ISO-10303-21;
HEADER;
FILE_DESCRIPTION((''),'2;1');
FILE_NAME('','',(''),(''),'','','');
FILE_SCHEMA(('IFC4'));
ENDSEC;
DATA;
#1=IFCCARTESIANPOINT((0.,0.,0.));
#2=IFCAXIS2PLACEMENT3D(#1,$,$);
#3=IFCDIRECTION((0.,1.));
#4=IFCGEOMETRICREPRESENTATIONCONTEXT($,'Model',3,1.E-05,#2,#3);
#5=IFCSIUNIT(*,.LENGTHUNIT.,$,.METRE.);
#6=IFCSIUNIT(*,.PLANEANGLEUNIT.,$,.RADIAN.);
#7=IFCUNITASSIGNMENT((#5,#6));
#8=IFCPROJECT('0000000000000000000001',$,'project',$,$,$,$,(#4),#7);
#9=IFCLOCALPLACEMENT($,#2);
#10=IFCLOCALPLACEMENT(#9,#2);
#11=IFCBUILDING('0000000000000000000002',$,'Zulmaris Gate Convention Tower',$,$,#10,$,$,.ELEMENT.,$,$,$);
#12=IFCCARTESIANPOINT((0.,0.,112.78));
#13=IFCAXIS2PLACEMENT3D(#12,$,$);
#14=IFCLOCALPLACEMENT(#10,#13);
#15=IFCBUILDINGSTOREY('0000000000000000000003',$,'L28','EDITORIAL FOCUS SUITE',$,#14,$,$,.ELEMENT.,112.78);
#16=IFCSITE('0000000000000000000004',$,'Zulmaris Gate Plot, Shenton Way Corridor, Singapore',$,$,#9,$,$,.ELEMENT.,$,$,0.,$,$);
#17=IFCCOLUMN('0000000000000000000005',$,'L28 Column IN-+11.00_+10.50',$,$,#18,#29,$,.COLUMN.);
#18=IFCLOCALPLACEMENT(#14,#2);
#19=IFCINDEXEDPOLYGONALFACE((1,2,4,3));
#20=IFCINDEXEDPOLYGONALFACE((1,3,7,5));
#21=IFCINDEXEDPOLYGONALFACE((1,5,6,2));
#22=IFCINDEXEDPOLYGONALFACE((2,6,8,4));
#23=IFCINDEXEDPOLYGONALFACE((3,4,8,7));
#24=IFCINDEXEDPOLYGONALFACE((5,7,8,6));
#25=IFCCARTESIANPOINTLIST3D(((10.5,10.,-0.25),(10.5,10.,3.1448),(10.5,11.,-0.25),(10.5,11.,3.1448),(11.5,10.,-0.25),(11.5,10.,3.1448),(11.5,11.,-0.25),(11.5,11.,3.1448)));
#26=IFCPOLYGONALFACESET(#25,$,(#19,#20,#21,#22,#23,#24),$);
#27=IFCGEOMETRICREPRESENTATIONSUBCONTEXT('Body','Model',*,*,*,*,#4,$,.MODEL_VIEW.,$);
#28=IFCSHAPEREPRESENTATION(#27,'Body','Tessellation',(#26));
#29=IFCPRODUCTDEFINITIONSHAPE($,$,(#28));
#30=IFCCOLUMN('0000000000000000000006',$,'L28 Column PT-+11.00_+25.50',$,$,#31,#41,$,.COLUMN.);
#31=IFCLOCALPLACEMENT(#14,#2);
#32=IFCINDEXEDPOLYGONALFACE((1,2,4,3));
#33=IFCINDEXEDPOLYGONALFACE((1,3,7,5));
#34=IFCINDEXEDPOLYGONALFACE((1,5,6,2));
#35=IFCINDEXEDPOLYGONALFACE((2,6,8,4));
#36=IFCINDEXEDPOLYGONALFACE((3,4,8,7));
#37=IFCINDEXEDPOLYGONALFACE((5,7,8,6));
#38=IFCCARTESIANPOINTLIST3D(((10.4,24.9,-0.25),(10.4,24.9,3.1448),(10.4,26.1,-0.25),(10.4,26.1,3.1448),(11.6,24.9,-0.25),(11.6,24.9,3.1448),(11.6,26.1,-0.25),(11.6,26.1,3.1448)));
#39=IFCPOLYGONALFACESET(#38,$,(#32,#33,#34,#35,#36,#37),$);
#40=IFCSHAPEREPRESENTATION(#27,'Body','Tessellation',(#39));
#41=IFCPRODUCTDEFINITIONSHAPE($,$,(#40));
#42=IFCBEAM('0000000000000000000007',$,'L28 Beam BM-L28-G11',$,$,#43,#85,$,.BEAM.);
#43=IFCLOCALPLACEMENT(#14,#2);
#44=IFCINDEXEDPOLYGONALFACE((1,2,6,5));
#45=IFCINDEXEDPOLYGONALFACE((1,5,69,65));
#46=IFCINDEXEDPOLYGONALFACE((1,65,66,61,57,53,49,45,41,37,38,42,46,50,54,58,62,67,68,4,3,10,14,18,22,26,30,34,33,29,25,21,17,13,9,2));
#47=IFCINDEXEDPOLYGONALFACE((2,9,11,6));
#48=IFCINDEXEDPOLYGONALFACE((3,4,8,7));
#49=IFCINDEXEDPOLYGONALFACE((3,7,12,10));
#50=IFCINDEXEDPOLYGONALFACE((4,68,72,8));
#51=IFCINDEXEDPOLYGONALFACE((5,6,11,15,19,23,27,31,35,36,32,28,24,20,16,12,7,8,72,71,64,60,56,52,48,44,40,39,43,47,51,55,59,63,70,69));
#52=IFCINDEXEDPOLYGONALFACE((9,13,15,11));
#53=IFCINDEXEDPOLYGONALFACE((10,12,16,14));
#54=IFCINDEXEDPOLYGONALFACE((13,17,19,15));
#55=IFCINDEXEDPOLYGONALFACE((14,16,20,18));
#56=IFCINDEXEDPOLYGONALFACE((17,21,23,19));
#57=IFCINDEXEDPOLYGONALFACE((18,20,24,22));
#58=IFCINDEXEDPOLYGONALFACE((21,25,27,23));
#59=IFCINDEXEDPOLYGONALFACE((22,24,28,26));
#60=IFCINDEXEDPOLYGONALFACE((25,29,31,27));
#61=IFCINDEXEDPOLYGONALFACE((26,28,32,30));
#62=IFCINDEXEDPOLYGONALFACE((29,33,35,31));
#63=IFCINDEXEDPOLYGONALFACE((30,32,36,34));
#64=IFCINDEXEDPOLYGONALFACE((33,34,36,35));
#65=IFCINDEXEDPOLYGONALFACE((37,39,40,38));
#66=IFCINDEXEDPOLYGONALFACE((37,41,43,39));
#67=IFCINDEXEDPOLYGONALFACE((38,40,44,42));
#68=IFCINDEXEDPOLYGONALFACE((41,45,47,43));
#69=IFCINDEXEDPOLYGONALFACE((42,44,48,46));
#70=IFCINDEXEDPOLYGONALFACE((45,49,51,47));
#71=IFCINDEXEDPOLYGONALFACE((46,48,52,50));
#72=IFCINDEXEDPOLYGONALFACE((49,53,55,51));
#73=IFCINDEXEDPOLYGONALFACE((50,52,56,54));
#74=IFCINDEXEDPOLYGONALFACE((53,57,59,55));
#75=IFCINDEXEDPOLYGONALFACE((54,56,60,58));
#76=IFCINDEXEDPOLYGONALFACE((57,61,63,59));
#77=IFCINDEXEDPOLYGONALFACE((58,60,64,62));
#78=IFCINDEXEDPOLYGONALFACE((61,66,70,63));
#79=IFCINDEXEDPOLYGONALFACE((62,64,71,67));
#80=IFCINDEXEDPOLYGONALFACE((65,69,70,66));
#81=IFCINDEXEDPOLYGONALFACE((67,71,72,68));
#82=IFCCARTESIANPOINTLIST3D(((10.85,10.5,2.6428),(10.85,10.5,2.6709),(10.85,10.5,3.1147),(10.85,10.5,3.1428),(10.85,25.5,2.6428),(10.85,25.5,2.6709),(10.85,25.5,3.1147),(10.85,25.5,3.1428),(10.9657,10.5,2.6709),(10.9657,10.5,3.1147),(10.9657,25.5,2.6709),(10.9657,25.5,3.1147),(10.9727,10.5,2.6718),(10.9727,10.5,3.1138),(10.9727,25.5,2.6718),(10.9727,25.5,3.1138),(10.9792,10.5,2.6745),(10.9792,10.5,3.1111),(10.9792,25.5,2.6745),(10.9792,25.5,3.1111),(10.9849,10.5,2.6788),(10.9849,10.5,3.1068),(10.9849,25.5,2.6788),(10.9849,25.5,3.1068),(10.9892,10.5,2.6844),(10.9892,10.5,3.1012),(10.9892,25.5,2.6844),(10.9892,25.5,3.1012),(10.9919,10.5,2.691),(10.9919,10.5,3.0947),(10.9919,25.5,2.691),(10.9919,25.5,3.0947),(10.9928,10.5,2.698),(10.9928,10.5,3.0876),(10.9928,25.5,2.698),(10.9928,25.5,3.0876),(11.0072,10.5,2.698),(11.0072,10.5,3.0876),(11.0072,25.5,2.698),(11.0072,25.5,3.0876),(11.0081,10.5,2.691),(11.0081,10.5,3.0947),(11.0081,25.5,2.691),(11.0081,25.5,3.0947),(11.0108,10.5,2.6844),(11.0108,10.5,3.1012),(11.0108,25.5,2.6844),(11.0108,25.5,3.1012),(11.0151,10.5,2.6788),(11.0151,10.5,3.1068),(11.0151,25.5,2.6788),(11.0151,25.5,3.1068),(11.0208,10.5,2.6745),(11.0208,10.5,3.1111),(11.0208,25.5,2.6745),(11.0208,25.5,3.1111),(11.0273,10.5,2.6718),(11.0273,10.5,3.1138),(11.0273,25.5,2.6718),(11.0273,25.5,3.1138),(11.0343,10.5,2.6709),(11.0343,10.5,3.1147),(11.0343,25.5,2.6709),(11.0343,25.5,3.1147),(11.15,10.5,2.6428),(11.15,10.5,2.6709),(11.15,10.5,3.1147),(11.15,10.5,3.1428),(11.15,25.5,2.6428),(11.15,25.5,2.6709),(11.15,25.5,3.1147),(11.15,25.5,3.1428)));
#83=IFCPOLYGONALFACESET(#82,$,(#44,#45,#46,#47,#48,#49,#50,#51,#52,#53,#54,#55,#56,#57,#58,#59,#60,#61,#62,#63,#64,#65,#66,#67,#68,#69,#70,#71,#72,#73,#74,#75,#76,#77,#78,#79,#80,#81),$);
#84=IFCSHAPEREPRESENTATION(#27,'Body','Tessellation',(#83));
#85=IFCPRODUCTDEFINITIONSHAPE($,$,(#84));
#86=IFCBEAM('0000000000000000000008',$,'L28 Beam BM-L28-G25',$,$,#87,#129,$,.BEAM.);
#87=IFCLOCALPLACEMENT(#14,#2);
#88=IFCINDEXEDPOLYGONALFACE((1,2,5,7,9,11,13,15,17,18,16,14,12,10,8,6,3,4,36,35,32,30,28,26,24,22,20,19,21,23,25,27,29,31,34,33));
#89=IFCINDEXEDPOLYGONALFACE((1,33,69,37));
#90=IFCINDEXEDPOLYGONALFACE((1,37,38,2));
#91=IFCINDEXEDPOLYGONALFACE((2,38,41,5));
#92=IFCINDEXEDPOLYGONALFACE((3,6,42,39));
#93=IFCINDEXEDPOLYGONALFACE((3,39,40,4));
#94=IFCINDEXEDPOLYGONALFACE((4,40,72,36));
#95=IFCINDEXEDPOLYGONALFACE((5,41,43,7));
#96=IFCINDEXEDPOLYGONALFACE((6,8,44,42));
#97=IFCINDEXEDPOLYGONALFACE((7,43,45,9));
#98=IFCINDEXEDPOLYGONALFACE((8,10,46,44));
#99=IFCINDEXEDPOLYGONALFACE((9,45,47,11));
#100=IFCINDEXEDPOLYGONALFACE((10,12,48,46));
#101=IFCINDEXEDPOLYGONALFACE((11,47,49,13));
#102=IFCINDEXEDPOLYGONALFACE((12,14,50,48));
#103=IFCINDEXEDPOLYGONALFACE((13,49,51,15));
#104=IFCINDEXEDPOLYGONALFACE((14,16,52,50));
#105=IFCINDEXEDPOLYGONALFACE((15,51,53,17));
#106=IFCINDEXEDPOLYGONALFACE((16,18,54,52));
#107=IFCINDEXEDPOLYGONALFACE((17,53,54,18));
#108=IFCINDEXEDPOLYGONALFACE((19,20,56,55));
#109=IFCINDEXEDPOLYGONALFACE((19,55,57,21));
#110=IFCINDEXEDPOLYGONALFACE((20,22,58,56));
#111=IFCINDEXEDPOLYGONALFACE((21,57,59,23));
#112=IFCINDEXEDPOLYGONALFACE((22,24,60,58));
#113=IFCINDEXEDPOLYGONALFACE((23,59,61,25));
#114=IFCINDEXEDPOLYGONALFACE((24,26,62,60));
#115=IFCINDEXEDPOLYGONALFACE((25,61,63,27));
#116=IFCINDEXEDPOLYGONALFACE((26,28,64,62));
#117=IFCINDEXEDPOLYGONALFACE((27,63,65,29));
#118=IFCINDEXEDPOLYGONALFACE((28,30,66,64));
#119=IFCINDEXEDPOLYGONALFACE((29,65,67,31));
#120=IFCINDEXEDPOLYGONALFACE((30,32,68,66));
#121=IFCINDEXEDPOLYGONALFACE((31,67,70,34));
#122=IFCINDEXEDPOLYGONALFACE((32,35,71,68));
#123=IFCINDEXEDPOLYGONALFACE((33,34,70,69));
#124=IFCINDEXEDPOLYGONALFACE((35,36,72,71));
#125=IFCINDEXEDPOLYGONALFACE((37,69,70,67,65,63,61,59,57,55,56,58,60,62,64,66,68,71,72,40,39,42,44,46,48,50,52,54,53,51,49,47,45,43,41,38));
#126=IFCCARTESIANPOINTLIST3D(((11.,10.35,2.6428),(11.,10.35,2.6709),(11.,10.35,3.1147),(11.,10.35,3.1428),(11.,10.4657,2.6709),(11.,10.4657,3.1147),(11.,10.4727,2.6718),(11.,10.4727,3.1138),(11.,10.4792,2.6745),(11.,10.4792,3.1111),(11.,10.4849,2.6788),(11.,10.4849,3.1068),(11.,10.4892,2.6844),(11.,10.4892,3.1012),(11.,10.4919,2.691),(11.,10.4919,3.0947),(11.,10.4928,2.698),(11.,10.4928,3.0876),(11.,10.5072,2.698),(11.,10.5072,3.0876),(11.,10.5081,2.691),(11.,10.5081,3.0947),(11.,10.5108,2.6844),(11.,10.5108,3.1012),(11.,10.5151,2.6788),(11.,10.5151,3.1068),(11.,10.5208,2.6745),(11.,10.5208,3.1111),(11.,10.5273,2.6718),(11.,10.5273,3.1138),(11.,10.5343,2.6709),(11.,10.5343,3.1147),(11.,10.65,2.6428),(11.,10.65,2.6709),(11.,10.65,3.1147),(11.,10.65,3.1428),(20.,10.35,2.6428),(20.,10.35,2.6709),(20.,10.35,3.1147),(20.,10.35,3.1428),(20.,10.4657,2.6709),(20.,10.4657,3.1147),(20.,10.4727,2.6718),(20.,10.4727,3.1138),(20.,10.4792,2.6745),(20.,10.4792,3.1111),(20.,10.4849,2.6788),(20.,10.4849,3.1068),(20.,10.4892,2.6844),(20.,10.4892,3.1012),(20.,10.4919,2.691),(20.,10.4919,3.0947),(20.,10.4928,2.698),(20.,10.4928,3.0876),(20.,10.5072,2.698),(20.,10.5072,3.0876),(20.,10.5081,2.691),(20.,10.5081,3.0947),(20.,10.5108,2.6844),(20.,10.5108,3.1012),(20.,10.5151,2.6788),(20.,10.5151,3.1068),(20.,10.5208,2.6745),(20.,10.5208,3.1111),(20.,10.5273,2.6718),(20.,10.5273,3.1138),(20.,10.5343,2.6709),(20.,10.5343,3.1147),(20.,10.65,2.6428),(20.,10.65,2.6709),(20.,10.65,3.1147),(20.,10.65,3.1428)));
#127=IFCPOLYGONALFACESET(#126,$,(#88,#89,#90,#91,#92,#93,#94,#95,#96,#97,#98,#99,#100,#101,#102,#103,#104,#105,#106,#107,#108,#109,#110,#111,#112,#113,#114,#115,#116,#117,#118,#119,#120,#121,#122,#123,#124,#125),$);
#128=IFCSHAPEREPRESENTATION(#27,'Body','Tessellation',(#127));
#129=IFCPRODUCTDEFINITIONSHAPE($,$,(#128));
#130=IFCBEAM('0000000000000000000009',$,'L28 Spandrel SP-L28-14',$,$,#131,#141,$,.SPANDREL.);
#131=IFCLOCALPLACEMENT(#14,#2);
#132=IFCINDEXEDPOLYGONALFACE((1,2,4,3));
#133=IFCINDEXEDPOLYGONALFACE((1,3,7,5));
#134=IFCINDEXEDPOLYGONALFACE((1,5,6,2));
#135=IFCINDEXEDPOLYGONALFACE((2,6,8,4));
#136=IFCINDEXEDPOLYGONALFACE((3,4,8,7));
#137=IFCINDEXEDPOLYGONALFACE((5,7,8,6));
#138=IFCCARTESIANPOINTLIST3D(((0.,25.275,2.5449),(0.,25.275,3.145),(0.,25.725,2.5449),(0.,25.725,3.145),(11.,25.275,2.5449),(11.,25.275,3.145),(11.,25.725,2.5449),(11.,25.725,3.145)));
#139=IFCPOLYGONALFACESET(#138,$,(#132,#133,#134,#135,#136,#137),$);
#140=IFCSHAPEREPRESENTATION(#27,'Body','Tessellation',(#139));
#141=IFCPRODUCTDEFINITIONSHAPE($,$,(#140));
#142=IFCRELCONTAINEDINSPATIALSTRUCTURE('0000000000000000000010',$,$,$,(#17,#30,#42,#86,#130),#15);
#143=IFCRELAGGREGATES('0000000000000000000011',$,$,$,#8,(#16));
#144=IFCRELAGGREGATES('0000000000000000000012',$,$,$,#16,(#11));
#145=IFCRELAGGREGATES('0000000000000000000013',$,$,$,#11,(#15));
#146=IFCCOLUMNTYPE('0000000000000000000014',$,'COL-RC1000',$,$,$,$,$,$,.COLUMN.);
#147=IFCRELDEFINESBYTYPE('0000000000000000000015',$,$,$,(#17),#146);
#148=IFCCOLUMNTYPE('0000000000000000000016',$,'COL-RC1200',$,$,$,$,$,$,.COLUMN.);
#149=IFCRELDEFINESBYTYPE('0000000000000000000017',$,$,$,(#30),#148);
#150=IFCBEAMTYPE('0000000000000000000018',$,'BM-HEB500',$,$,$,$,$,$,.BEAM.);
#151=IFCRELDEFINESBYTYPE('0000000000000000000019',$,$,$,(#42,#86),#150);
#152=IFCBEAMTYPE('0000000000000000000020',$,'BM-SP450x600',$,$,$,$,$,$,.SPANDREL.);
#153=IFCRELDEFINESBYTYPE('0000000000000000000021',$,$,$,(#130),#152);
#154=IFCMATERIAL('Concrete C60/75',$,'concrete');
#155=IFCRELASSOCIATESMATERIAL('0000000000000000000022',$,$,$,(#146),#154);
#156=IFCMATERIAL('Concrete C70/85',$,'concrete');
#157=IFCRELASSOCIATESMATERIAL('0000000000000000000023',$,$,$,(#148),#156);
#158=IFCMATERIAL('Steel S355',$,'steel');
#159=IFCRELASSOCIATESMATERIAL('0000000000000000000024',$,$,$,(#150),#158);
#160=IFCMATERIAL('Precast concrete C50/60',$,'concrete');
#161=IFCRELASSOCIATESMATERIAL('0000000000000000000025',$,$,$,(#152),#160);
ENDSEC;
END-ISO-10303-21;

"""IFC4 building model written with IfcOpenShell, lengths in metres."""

from ifc_helpers import new_model, si_unit, direction, frame, origin, origin_2d, place, context, subcontext, project, spatial, rectangle, i_section, extrude, material, material_profile, profile_set, type_object, element, save


model = new_model("IFC4")

# Units and contexts
model_context = context("Model", 3, precision=1e-05, world=origin(), true_north=direction((0.0, 1.0)))
body_context = subcontext(model_context, "Body", "Model", "MODEL_VIEW")
ifc_project = project(units=[si_unit("LENGTHUNIT", "METRE"), si_unit("PLANEANGLEUNIT", "RADIAN")], contexts=[model_context])

# Site, building, storey
site_placement = place(None, origin())
site = spatial("IfcSite", under=ifc_project, at=site_placement, Name="Zulmaris Gate Plot, Shenton Way Corridor, Singapore", CompositionType="ELEMENT", RefElevation=0.0)
building_placement = place(site_placement, origin())
building = spatial("IfcBuilding", under=site, at=building_placement, Name="Zulmaris Gate Convention Tower", CompositionType="ELEMENT")
storey_placement = place(building_placement, frame((0.0, 0.0, 112.78)))
storey = spatial("IfcBuildingStorey", under=building, at=storey_placement, Name="L28", Description="EDITORIAL FOCUS SUITE", CompositionType="ELEMENT", Elevation=112.78)

# Columns
ifc_material_1 = material(Name="Concrete C60/75", Category="concrete")
ifc_material_profile_1 = material_profile(ifc_material_1, rectangle(XDim=1.0, YDim=1.0, at=origin_2d()), Name="RC COL 1000x1000")
ifc_profile_set_1 = profile_set([ifc_material_profile_1], Name="Concrete C60/75")
column_type_1 = type_object("IfcColumnType", Name="COL-RC1000", PredefinedType="COLUMN", material=ifc_profile_set_1)
column_1_placement = place(storey_placement, frame((11.0, 10.5, -0.25), z_axis=(0.0, 0.0, 1.0), x_axis=(1.0, 0.0, 0.0)))
element("IfcColumn", 1, at=column_1_placement, inside=storey, type_object=column_type_1, Name="L28 Column IN-+11.00_+10.50", PredefinedType="COLUMN", context=body_context, shape_type="SweptSolid", body=[
    extrude(rectangle(XDim=1.0, YDim=1.0, at=origin_2d()), origin(), (0.0, 0.0, 1.0), 3.3948),
])
ifc_material_2 = material(Name="Concrete C70/85", Category="concrete")
ifc_material_profile_2 = material_profile(ifc_material_2, rectangle(XDim=1.2, YDim=1.2, at=origin_2d()), Name="RC COL 1200x1200")
ifc_profile_set_2 = profile_set([ifc_material_profile_2], Name="Concrete C70/85")
column_type_2 = type_object("IfcColumnType", Name="COL-RC1200", PredefinedType="COLUMN", material=ifc_profile_set_2)
column_2_placement = place(storey_placement, frame((11.0, 25.5, -0.25), z_axis=(0.0, 0.0, 1.0), x_axis=(1.0, 0.0, 0.0)))
element("IfcColumn", 2, at=column_2_placement, inside=storey, type_object=column_type_2, Name="L28 Column PT-+11.00_+25.50", PredefinedType="COLUMN", context=body_context, shape_type="SweptSolid", body=[
    extrude(rectangle(XDim=1.2, YDim=1.2, at=origin_2d()), origin(), (0.0, 0.0, 1.0), 3.3948),
])

# Beams
ifc_material_3 = material(Name="Steel S355", Category="steel")
ifc_material_profile_3 = material_profile(ifc_material_3, i_section(OverallWidth=0.3, OverallDepth=0.5, WebThickness=0.0144, FlangeThickness=0.0281, FilletRadius=0.0271, at=origin_2d()), Name="HEB 500")
ifc_profile_set_3 = profile_set([ifc_material_profile_3], Name="Steel S355")
beam_type_1 = type_object("IfcBeamType", Name="BM-HEB500", PredefinedType="BEAM", material=ifc_profile_set_3)
beam_1_placement = place(storey_placement, frame((11.0, 10.5, 2.8928), z_axis=(0.0, 1.0, 0.0), x_axis=(-1.0, 0.0, 0.0)))
element("IfcBeam", 3, at=beam_1_placement, inside=storey, type_object=beam_type_1, Name="L28 Beam BM-L28-G11", PredefinedType="BEAM", context=body_context, shape_type="SweptSolid", body=[
    extrude(i_section(OverallWidth=0.3, OverallDepth=0.5, WebThickness=0.0144, FlangeThickness=0.0281, FilletRadius=0.0271, at=origin_2d()), origin(), (0.0, 0.0, 1.0), 15.0),
])
beam_2_placement = place(storey_placement, frame((11.0, 10.5, 2.8928), z_axis=(1.0, 0.0, 0.0), x_axis=(0.0, 1.0, 0.0)))
element("IfcBeam", 4, at=beam_2_placement, inside=storey, type_object=beam_type_1, Name="L28 Beam BM-L28-G25", PredefinedType="BEAM", context=body_context, shape_type="SweptSolid", body=[
    extrude(i_section(OverallWidth=0.3, OverallDepth=0.5, WebThickness=0.0144, FlangeThickness=0.0281, FilletRadius=0.0271, at=origin_2d()), origin(), (0.0, 0.0, 1.0), 9.0),
])
ifc_material_4 = material(Name="Precast concrete C50/60", Category="concrete")
ifc_material_profile_4 = material_profile(ifc_material_4, rectangle(XDim=0.45, YDim=0.6001, at=origin_2d()), Name="RC SPANDREL 450x600")
ifc_profile_set_4 = profile_set([ifc_material_profile_4], Name="Precast concrete C50/60")
beam_type_2 = type_object("IfcBeamType", Name="BM-SP450x600", PredefinedType="SPANDREL", material=ifc_profile_set_4)
beam_3_placement = place(storey_placement, frame((11.0, 25.5, 2.845), z_axis=(-1.0, 0.0, 0.0), x_axis=(0.0, -1.0, 0.0)))
element("IfcBeam", 5, at=beam_3_placement, inside=storey, type_object=beam_type_2, Name="L28 Spandrel SP-L28-14", PredefinedType="SPANDREL", context=body_context, shape_type="SweptSolid", body=[
    extrude(rectangle(XDim=0.45, YDim=0.6001, at=origin_2d()), origin(), (0.0, 0.0, 1.0), 11.0),
])

save(model, "model.ifc")
